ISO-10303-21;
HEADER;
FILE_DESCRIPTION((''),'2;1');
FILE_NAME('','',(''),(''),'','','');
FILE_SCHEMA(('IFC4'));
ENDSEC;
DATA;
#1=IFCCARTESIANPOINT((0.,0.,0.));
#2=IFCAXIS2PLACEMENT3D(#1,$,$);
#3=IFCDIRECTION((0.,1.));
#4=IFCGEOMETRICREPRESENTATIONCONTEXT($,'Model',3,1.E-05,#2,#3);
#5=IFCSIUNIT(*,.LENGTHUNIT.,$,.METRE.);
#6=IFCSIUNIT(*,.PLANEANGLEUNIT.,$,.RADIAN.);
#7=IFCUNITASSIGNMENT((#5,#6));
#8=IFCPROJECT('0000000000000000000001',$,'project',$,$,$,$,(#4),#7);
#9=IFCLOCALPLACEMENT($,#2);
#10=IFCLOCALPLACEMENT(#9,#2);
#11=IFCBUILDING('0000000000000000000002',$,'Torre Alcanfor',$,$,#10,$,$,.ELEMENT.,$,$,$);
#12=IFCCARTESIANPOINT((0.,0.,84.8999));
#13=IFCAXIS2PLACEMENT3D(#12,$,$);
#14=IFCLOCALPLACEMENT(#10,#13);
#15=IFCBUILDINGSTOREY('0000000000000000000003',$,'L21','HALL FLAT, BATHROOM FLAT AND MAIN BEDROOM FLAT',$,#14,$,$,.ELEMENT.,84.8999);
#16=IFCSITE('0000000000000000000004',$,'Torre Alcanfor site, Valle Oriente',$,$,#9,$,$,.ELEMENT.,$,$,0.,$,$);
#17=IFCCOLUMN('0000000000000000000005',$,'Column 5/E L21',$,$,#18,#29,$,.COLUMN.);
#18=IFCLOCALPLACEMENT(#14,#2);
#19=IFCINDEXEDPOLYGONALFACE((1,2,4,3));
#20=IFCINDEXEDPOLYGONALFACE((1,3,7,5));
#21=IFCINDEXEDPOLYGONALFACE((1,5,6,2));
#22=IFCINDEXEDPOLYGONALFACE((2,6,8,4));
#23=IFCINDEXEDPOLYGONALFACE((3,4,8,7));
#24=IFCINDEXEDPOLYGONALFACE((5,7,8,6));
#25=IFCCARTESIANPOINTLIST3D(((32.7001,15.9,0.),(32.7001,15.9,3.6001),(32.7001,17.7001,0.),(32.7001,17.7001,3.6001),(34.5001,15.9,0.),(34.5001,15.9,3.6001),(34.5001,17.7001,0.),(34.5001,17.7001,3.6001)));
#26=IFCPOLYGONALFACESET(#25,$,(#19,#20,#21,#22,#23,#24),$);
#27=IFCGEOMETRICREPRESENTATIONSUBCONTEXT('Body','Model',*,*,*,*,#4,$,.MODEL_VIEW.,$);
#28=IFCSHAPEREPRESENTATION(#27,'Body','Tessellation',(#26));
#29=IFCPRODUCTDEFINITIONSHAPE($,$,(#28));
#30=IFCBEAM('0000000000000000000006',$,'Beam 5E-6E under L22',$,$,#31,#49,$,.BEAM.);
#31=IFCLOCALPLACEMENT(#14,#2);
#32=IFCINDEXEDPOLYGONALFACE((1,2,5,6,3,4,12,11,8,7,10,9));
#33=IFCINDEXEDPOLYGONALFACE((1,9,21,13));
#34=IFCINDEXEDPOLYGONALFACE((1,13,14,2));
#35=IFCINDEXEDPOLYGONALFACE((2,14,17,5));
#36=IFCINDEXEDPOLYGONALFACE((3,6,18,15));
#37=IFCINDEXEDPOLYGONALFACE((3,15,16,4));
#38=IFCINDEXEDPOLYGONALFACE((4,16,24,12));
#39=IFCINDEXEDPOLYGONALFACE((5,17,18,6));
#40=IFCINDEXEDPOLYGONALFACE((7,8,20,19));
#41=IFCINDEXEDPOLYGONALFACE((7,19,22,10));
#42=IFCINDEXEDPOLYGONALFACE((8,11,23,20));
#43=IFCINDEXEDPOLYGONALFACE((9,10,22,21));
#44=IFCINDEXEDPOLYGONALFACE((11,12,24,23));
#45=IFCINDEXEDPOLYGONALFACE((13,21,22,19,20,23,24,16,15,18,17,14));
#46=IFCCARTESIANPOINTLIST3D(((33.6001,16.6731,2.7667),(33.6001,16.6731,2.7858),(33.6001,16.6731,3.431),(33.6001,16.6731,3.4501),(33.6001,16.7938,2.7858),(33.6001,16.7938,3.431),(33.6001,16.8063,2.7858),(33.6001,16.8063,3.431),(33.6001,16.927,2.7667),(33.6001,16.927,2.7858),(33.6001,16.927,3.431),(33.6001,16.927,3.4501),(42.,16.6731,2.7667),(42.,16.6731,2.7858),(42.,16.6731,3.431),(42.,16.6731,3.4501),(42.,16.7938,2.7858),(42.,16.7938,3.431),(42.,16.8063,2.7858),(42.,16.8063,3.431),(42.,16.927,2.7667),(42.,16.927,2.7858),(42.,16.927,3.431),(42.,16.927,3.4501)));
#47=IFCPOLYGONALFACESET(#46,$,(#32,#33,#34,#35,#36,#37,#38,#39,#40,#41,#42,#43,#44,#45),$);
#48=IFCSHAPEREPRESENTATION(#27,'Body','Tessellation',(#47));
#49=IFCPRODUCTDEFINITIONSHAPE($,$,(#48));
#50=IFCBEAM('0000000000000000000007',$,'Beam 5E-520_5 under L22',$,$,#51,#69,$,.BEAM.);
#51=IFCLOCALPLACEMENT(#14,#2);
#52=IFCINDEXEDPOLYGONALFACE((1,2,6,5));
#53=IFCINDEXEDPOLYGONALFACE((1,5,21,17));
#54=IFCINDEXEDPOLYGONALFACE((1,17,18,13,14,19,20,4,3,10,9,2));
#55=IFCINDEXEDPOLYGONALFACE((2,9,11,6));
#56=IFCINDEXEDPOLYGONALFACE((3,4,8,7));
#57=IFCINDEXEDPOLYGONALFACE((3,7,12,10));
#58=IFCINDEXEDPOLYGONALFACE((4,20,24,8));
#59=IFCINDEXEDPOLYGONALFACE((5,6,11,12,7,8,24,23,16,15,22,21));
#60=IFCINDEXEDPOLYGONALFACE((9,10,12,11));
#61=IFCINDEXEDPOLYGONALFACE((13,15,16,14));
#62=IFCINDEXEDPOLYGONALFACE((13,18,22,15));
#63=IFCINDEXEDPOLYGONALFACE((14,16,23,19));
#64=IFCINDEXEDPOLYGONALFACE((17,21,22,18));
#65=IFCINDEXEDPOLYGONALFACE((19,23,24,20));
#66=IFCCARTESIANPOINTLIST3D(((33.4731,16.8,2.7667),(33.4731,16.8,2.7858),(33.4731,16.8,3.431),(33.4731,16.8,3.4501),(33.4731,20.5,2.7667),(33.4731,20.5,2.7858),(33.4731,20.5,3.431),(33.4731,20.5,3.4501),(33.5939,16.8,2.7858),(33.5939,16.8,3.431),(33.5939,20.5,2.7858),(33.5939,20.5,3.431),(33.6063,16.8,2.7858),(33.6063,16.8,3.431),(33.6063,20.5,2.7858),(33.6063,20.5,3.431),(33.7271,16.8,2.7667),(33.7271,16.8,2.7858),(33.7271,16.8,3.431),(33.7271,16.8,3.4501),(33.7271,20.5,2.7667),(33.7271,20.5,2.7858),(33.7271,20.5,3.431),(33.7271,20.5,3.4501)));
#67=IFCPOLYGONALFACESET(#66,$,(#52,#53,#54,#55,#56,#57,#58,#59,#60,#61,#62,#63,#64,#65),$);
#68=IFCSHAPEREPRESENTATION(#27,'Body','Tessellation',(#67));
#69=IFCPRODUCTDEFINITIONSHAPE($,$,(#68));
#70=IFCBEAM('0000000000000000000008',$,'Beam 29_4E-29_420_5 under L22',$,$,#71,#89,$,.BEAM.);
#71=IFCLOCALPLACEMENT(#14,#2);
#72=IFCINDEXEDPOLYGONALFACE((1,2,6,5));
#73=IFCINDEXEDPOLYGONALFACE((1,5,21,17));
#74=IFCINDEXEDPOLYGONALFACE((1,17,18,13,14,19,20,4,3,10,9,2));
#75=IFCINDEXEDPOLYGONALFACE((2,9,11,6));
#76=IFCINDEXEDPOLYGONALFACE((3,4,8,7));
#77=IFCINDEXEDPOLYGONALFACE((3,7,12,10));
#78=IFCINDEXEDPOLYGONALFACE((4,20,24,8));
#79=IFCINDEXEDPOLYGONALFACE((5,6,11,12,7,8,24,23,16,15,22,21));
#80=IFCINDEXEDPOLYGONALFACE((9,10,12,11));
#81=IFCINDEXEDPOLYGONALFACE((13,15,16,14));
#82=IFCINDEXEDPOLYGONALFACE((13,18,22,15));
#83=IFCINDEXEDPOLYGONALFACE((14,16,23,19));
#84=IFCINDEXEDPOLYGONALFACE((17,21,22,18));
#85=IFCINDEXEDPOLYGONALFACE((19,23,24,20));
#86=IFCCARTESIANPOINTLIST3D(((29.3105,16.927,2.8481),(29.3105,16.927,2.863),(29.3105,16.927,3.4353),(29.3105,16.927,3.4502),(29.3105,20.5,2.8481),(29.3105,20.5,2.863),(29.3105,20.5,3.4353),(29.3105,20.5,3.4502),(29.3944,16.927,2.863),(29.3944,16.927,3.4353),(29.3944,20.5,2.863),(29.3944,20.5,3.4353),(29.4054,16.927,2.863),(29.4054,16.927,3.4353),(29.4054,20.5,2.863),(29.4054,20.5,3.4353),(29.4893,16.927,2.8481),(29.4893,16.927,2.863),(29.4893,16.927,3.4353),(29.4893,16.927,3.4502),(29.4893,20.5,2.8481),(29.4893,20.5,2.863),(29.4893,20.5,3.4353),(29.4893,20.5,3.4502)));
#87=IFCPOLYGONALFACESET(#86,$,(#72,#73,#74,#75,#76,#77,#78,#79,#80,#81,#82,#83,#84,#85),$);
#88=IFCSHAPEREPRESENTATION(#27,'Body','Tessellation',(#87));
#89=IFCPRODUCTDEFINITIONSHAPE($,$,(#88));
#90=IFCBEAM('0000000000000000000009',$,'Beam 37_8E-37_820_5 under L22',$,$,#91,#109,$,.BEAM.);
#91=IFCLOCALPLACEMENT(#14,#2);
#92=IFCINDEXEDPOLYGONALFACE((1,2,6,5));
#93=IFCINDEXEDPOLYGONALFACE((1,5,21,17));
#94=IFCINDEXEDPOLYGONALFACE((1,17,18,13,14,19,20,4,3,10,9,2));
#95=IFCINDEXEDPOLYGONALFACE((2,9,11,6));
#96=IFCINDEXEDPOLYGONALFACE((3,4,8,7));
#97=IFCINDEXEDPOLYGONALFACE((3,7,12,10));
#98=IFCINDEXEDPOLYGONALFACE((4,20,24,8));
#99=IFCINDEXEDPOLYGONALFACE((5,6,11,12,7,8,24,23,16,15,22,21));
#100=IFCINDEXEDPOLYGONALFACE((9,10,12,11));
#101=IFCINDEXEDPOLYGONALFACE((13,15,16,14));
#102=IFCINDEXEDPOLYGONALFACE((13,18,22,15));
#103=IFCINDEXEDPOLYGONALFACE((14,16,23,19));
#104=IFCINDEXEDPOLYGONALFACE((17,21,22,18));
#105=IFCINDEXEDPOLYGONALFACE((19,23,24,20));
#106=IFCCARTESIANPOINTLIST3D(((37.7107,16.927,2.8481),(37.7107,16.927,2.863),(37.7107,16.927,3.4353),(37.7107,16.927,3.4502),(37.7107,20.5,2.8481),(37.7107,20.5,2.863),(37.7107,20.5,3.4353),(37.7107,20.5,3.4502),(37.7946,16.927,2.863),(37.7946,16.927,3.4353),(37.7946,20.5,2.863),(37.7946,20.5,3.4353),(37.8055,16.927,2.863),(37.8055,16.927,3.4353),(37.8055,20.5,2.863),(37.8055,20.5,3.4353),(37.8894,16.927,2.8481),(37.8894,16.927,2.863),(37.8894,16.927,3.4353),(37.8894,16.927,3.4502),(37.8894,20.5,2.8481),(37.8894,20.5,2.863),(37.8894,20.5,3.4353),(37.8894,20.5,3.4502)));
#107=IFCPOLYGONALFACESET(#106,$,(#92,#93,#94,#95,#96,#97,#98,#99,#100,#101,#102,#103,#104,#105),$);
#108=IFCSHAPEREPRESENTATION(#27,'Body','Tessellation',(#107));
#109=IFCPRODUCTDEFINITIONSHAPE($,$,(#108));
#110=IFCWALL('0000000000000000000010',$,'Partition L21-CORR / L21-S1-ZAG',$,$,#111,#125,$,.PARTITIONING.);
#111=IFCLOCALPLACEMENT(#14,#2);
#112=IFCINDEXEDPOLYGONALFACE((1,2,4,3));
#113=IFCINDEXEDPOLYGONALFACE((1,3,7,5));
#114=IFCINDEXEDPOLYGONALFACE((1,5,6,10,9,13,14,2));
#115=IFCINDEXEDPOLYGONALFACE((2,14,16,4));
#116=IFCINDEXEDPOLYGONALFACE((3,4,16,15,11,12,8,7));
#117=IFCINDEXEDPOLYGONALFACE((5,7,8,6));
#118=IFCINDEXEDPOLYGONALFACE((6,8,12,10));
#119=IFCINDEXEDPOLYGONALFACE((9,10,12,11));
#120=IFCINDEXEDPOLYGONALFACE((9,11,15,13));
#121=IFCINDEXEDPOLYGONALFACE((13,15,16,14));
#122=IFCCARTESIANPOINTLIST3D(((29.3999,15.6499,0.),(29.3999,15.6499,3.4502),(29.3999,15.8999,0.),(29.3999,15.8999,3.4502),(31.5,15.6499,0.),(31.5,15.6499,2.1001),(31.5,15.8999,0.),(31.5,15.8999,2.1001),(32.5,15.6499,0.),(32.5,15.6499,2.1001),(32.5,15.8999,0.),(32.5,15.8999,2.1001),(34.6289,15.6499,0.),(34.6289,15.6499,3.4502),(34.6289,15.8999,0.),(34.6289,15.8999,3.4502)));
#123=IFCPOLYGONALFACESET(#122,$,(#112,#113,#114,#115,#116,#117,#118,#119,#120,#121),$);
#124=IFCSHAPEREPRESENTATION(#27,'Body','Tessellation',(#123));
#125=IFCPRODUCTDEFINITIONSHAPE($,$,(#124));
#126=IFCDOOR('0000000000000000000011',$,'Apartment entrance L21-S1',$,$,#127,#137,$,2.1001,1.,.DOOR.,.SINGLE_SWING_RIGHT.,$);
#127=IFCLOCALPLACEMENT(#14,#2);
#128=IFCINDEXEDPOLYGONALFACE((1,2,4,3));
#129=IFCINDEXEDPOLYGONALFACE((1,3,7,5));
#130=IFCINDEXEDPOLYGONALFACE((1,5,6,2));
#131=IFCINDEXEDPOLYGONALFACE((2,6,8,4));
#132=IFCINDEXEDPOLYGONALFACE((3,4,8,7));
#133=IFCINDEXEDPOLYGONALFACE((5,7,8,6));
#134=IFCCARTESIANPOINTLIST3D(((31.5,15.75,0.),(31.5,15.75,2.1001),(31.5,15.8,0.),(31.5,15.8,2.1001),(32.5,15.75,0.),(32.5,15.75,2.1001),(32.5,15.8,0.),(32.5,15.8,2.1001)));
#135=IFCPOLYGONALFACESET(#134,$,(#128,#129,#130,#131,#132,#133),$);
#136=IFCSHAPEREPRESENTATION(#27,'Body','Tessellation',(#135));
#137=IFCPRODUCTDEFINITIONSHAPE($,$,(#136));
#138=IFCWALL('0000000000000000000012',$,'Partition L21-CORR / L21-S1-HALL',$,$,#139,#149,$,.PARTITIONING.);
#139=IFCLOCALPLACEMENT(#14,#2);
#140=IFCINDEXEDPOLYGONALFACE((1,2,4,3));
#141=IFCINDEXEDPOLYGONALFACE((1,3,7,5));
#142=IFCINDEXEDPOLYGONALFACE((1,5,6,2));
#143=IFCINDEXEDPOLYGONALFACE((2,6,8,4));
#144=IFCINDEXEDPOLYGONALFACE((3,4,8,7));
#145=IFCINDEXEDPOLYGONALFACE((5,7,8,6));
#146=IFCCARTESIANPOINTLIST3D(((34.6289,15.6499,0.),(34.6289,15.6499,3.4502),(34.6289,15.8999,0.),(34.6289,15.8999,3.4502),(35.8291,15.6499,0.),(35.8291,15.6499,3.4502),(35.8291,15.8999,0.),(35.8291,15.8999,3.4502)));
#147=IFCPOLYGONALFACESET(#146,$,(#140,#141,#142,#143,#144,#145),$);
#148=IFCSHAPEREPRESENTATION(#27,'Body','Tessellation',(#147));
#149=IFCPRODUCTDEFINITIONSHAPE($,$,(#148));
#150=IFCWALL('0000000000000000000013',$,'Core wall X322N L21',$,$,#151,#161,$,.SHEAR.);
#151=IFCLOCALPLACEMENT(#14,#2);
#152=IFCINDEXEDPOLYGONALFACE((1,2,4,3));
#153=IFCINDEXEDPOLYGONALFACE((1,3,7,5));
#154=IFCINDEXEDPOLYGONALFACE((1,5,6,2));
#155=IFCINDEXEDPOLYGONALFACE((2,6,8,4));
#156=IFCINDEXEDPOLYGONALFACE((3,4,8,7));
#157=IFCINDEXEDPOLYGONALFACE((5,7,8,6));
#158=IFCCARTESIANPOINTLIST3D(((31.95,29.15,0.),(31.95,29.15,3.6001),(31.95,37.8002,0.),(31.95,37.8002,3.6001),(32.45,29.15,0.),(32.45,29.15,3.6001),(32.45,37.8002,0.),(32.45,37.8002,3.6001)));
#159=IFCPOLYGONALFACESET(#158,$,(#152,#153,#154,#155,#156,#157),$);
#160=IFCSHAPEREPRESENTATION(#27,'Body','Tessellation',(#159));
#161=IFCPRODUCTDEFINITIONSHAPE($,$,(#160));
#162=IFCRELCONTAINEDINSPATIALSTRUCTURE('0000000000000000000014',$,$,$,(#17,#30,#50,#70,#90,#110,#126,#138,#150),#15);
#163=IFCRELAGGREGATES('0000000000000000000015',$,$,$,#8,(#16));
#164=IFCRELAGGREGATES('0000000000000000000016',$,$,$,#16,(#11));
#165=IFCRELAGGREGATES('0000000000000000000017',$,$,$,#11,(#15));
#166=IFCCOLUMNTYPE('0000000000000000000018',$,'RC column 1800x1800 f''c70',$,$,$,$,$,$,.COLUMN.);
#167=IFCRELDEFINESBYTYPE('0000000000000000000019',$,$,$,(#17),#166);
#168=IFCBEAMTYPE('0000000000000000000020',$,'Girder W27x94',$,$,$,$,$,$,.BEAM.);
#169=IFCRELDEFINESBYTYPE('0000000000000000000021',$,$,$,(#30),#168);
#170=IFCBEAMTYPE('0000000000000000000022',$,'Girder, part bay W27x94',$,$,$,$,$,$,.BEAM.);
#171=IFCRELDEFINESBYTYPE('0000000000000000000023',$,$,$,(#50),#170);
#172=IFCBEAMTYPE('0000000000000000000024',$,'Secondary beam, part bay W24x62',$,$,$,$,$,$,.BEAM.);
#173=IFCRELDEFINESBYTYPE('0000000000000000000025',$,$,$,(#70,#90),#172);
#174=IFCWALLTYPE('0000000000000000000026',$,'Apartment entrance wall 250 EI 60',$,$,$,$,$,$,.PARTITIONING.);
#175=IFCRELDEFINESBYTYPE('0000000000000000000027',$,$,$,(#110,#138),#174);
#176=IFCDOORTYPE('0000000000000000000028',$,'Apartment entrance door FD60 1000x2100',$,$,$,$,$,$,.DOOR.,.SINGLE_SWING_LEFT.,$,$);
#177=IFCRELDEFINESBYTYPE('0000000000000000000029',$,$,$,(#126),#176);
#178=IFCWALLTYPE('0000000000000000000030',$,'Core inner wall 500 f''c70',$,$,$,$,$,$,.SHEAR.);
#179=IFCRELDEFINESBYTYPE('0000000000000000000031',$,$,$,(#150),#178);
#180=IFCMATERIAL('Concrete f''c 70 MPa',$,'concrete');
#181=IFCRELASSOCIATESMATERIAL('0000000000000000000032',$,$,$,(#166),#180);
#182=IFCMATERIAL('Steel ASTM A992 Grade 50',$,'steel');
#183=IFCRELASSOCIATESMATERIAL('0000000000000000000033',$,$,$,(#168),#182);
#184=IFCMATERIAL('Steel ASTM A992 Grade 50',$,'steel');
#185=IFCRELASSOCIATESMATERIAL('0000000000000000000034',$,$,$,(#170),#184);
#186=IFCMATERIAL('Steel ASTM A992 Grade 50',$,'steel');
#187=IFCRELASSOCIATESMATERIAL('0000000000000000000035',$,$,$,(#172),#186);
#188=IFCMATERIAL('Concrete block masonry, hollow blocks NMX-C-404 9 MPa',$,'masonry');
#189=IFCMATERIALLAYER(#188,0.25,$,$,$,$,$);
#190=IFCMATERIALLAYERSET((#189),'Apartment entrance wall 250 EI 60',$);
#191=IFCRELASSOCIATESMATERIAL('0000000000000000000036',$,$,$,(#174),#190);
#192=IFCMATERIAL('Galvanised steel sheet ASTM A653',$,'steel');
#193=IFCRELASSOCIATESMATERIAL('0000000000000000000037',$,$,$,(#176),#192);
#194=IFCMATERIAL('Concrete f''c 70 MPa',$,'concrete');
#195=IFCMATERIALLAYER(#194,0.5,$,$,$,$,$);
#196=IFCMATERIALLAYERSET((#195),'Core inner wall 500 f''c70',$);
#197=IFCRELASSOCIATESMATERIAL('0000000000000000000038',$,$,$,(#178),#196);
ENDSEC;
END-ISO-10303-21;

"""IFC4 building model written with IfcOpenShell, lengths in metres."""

from ifc_helpers import new_model, si_unit, direction, frame, frame_2d, origin, origin_2d, place, context, subcontext, project, spatial, rectangle, i_section, extrude, material, layer, layer_set, material_profile, profile_set, type_object, element, fill, save


model = new_model("IFC4")

# Units and contexts
model_context = context("Model", 3, precision=1e-05, world=origin(), true_north=direction((0.0, 1.0)))
body_context = subcontext(model_context, "Body", "Model", "MODEL_VIEW")
ifc_project = project(units=[si_unit("LENGTHUNIT", "METRE"), si_unit("PLANEANGLEUNIT", "RADIAN")], contexts=[model_context])

# Site, building, storey
site_placement = place(None, origin())
site = spatial("IfcSite", under=ifc_project, at=site_placement, Name="Torre Alcanfor site, Valle Oriente", CompositionType="ELEMENT", RefElevation=0.0)
building_placement = place(site_placement, origin())
building = spatial("IfcBuilding", under=site, at=building_placement, Name="Torre Alcanfor", CompositionType="ELEMENT")
storey_placement = place(building_placement, frame((0.0, 0.0, 84.8999)))
storey = spatial("IfcBuildingStorey", under=building, at=storey_placement, Name="L21", Description="HALL FLAT, BATHROOM FLAT AND MAIN BEDROOM FLAT", CompositionType="ELEMENT", Elevation=84.8999)

# Column
ifc_material_1 = material(Name="Concrete f'c 70 MPa", Category="concrete")
ifc_material_profile_1 = material_profile(ifc_material_1, rectangle(XDim=1.8, YDim=1.8, at=origin_2d()), Name="1800x1800")
ifc_profile_set_1 = profile_set([ifc_material_profile_1], Name="Concrete f'c 70 MPa")
column_type = type_object("IfcColumnType", Name="RC column 1800x1800 f'c70", PredefinedType="COLUMN", material=ifc_profile_set_1)
column_placement = place(storey_placement, frame((33.6001, 16.8, 0.0), z_axis=(0.0, 0.0, 1.0), x_axis=(1.0, 0.0, 0.0)))
element("IfcColumn", 1, at=column_placement, inside=storey, type_object=column_type, Name="Column 5/E L21", PredefinedType="COLUMN", context=body_context, shape_type="SweptSolid", body=[
    extrude(rectangle(XDim=1.8, YDim=1.8, at=origin_2d()), origin(), (0.0, 0.0, 1.0), 3.6001),
])

# Beams
ifc_material_2 = material(Name="Steel ASTM A992 Grade 50", Category="steel")
ifc_material_profile_2 = material_profile(ifc_material_2, i_section(OverallWidth=0.2539, OverallDepth=0.6833, WebThickness=0.0125, FlangeThickness=0.019, at=origin_2d()), Name="W27x94")
ifc_profile_set_2 = profile_set([ifc_material_profile_2], Name="Steel ASTM A992 Grade 50")
beam_type_1 = type_object("IfcBeamType", Name="Girder W27x94", PredefinedType="BEAM", material=ifc_profile_set_2)
beam_1_placement = place(storey_placement, frame((33.6001, 16.8, 3.1084), z_axis=(1.0, 0.0, 0.0), x_axis=(0.0, 1.0, 0.0)))
element("IfcBeam", 2, at=beam_1_placement, inside=storey, type_object=beam_type_1, Name="Beam 5E-6E under L22", PredefinedType="BEAM", context=body_context, shape_type="SweptSolid", body=[
    extrude(i_section(OverallWidth=0.2539, OverallDepth=0.6833, WebThickness=0.0125, FlangeThickness=0.019, at=origin_2d()), origin(), (0.0, 0.0, 1.0), 8.3999),
])
ifc_material_3 = material(Name="Steel ASTM A992 Grade 50", Category="steel")
ifc_material_profile_3 = material_profile(ifc_material_3, i_section(OverallWidth=0.2539, OverallDepth=0.6833, WebThickness=0.0125, FlangeThickness=0.019, at=origin_2d()), Name="W27x94")
ifc_profile_set_3 = profile_set([ifc_material_profile_3], Name="Steel ASTM A992 Grade 50")
beam_type_2 = type_object("IfcBeamType", Name="Girder, part bay W27x94", PredefinedType="BEAM", material=ifc_profile_set_3)
beam_2_placement = place(storey_placement, frame((33.6001, 16.8, 3.1084), z_axis=(0.0, 1.0, 0.0), x_axis=(-1.0, 0.0, 0.0)))
element("IfcBeam", 3, at=beam_2_placement, inside=storey, type_object=beam_type_2, Name="Beam 5E-520_5 under L22", PredefinedType="BEAM", context=body_context, shape_type="SweptSolid", body=[
    extrude(i_section(OverallWidth=0.2539, OverallDepth=0.6833, WebThickness=0.0125, FlangeThickness=0.019, at=origin_2d()), origin(), (0.0, 0.0, 1.0), 3.7),
])
ifc_material_4 = material(Name="Steel ASTM A992 Grade 50", Category="steel")
ifc_material_profile_4 = material_profile(ifc_material_4, i_section(OverallWidth=0.1787, OverallDepth=0.6021, WebThickness=0.011, FlangeThickness=0.0149, at=origin_2d()), Name="W24x62")
ifc_profile_set_4 = profile_set([ifc_material_profile_4], Name="Steel ASTM A992 Grade 50")
beam_type_3 = type_object("IfcBeamType", Name="Secondary beam, part bay W24x62", PredefinedType="BEAM", material=ifc_profile_set_4)
for number, where, z_axis, x_axis, name in (
    (4, (29.3999, 16.927, 3.1492), (0.0, 1.0, 0.0), (-1.0, 0.0, 0.0), "Beam 29_4E-29_420_5 under L22"),
    (5, (37.8, 16.927, 3.1492), (0.0, 1.0, 0.0), (-1.0, 0.0, 0.0), "Beam 37_8E-37_820_5 under L22"),
):
    element("IfcBeam", number, at=place(storey_placement, frame(where, z_axis=z_axis, x_axis=x_axis)), inside=storey, type_object=beam_type_3, Name=name, PredefinedType="BEAM", context=body_context, shape_type="SweptSolid", body=[
        extrude(i_section(OverallWidth=0.1787, OverallDepth=0.6021, WebThickness=0.011, FlangeThickness=0.0149, at=origin_2d()), origin(), (0.0, 0.0, 1.0), 3.573),
    ])

# Wall, opening, door
ifc_material_5 = material(Name="Concrete block masonry, hollow blocks NMX-C-404 9 MPa", Category="masonry")
ifc_layer_1 = layer(ifc_material_5, 0.25)
ifc_layer_set_1 = layer_set([ifc_layer_1], Name="Apartment entrance wall 250 EI 60")
wall_type_1 = type_object("IfcWallType", Name="Apartment entrance wall 250 EI 60", PredefinedType="PARTITIONING", material=ifc_layer_set_1)
wall_1_placement = place(storey_placement, frame((34.6289, 15.7749, 0.0), z_axis=(0.0, 0.0, 1.0), x_axis=(-1.0, 0.0, 0.0)))
wall_1 = element("IfcWall", 6, at=wall_1_placement, inside=storey, type_object=wall_type_1, Name="Partition L21-CORR / L21-S1-ZAG", PredefinedType="PARTITIONING", context=body_context, shape_type="SweptSolid", body=[
    extrude(rectangle(XDim=5.229, YDim=0.25, at=frame_2d((2.6145, 0.0))), origin(), (0.0, 0.0, 1.0), 3.4502),
])
opening_1_placement = place(wall_1_placement, frame((2.1289, 0.0, 0.0)))
opening_1 = element("IfcOpeningElement", 7, at=opening_1_placement, cuts=wall_1, PredefinedType="OPENING", context=body_context, shape_type="SweptSolid", body=[
    extrude(rectangle(XDim=1.0, YDim=2.1001, at=frame_2d((0.5, 1.05))), frame((0.0, 0.135, 0.0), z_axis=(0.0, -1.0, 0.0), x_axis=(1.0, 0.0, 0.0)), (0.0, 0.0, 1.0), 0.27),
])
ifc_material_6 = material(Name="Galvanised steel sheet ASTM A653", Category="steel")
door_type_1 = type_object("IfcDoorType", Name="Apartment entrance door FD60 1000x2100", OperationType="SINGLE_SWING_LEFT", PredefinedType="DOOR", material=ifc_material_6)
door_1_placement = place(opening_1_placement, origin())
door_1 = element("IfcDoor", 8, at=door_1_placement, inside=storey, type_object=door_type_1, Name="Apartment entrance L21-S1", OperationType="SINGLE_SWING_RIGHT", OverallHeight=2.1001, OverallWidth=1.0, PredefinedType="DOOR", context=body_context, shape_type="SweptSolid", body=[
    extrude(rectangle(XDim=1.0, YDim=2.1001, at=frame_2d((0.5, 1.05))), frame((0.0, 0.0249, 0.0), z_axis=(0.0, -1.0, 0.0), x_axis=(1.0, 0.0, 0.0)), (0.0, 0.0, 1.0), 0.05),
])
fill(opening_1, door_1)

# Walls
wall_2_placement = place(storey_placement, frame((35.8291, 15.7749, 0.0), z_axis=(0.0, 0.0, 1.0), x_axis=(-1.0, 0.0, 0.0)))
element("IfcWall", 9, at=wall_2_placement, inside=storey, type_object=wall_type_1, Name="Partition L21-CORR / L21-S1-HALL", PredefinedType="PARTITIONING", context=body_context, shape_type="SweptSolid", body=[
    extrude(rectangle(XDim=1.2002, YDim=0.25, at=frame_2d((0.6001, 0.0))), origin(), (0.0, 0.0, 1.0), 3.4502),
])
ifc_material_7 = material(Name="Concrete f'c 70 MPa", Category="concrete")
ifc_layer_2 = layer(ifc_material_7, 0.5)
ifc_layer_set_2 = layer_set([ifc_layer_2], Name="Core inner wall 500 f'c70")
wall_type_2 = type_object("IfcWallType", Name="Core inner wall 500 f'c70", PredefinedType="SHEAR", material=ifc_layer_set_2)
wall_3_placement = place(storey_placement, frame((32.2, 29.1499, 0.0), z_axis=(0.0, 0.0, 1.0), x_axis=(0.0, 1.0, 0.0)))
element("IfcWall", 10, at=wall_3_placement, inside=storey, type_object=wall_type_2, Name="Core wall X322N L21", PredefinedType="SHEAR", context=body_context, shape_type="SweptSolid", body=[
    extrude(rectangle(XDim=8.6501, YDim=0.5, at=frame_2d((4.3252, 0.0))), origin(), (0.0, 0.0, 1.0), 3.6001),
])

save(model, "model.ifc")
